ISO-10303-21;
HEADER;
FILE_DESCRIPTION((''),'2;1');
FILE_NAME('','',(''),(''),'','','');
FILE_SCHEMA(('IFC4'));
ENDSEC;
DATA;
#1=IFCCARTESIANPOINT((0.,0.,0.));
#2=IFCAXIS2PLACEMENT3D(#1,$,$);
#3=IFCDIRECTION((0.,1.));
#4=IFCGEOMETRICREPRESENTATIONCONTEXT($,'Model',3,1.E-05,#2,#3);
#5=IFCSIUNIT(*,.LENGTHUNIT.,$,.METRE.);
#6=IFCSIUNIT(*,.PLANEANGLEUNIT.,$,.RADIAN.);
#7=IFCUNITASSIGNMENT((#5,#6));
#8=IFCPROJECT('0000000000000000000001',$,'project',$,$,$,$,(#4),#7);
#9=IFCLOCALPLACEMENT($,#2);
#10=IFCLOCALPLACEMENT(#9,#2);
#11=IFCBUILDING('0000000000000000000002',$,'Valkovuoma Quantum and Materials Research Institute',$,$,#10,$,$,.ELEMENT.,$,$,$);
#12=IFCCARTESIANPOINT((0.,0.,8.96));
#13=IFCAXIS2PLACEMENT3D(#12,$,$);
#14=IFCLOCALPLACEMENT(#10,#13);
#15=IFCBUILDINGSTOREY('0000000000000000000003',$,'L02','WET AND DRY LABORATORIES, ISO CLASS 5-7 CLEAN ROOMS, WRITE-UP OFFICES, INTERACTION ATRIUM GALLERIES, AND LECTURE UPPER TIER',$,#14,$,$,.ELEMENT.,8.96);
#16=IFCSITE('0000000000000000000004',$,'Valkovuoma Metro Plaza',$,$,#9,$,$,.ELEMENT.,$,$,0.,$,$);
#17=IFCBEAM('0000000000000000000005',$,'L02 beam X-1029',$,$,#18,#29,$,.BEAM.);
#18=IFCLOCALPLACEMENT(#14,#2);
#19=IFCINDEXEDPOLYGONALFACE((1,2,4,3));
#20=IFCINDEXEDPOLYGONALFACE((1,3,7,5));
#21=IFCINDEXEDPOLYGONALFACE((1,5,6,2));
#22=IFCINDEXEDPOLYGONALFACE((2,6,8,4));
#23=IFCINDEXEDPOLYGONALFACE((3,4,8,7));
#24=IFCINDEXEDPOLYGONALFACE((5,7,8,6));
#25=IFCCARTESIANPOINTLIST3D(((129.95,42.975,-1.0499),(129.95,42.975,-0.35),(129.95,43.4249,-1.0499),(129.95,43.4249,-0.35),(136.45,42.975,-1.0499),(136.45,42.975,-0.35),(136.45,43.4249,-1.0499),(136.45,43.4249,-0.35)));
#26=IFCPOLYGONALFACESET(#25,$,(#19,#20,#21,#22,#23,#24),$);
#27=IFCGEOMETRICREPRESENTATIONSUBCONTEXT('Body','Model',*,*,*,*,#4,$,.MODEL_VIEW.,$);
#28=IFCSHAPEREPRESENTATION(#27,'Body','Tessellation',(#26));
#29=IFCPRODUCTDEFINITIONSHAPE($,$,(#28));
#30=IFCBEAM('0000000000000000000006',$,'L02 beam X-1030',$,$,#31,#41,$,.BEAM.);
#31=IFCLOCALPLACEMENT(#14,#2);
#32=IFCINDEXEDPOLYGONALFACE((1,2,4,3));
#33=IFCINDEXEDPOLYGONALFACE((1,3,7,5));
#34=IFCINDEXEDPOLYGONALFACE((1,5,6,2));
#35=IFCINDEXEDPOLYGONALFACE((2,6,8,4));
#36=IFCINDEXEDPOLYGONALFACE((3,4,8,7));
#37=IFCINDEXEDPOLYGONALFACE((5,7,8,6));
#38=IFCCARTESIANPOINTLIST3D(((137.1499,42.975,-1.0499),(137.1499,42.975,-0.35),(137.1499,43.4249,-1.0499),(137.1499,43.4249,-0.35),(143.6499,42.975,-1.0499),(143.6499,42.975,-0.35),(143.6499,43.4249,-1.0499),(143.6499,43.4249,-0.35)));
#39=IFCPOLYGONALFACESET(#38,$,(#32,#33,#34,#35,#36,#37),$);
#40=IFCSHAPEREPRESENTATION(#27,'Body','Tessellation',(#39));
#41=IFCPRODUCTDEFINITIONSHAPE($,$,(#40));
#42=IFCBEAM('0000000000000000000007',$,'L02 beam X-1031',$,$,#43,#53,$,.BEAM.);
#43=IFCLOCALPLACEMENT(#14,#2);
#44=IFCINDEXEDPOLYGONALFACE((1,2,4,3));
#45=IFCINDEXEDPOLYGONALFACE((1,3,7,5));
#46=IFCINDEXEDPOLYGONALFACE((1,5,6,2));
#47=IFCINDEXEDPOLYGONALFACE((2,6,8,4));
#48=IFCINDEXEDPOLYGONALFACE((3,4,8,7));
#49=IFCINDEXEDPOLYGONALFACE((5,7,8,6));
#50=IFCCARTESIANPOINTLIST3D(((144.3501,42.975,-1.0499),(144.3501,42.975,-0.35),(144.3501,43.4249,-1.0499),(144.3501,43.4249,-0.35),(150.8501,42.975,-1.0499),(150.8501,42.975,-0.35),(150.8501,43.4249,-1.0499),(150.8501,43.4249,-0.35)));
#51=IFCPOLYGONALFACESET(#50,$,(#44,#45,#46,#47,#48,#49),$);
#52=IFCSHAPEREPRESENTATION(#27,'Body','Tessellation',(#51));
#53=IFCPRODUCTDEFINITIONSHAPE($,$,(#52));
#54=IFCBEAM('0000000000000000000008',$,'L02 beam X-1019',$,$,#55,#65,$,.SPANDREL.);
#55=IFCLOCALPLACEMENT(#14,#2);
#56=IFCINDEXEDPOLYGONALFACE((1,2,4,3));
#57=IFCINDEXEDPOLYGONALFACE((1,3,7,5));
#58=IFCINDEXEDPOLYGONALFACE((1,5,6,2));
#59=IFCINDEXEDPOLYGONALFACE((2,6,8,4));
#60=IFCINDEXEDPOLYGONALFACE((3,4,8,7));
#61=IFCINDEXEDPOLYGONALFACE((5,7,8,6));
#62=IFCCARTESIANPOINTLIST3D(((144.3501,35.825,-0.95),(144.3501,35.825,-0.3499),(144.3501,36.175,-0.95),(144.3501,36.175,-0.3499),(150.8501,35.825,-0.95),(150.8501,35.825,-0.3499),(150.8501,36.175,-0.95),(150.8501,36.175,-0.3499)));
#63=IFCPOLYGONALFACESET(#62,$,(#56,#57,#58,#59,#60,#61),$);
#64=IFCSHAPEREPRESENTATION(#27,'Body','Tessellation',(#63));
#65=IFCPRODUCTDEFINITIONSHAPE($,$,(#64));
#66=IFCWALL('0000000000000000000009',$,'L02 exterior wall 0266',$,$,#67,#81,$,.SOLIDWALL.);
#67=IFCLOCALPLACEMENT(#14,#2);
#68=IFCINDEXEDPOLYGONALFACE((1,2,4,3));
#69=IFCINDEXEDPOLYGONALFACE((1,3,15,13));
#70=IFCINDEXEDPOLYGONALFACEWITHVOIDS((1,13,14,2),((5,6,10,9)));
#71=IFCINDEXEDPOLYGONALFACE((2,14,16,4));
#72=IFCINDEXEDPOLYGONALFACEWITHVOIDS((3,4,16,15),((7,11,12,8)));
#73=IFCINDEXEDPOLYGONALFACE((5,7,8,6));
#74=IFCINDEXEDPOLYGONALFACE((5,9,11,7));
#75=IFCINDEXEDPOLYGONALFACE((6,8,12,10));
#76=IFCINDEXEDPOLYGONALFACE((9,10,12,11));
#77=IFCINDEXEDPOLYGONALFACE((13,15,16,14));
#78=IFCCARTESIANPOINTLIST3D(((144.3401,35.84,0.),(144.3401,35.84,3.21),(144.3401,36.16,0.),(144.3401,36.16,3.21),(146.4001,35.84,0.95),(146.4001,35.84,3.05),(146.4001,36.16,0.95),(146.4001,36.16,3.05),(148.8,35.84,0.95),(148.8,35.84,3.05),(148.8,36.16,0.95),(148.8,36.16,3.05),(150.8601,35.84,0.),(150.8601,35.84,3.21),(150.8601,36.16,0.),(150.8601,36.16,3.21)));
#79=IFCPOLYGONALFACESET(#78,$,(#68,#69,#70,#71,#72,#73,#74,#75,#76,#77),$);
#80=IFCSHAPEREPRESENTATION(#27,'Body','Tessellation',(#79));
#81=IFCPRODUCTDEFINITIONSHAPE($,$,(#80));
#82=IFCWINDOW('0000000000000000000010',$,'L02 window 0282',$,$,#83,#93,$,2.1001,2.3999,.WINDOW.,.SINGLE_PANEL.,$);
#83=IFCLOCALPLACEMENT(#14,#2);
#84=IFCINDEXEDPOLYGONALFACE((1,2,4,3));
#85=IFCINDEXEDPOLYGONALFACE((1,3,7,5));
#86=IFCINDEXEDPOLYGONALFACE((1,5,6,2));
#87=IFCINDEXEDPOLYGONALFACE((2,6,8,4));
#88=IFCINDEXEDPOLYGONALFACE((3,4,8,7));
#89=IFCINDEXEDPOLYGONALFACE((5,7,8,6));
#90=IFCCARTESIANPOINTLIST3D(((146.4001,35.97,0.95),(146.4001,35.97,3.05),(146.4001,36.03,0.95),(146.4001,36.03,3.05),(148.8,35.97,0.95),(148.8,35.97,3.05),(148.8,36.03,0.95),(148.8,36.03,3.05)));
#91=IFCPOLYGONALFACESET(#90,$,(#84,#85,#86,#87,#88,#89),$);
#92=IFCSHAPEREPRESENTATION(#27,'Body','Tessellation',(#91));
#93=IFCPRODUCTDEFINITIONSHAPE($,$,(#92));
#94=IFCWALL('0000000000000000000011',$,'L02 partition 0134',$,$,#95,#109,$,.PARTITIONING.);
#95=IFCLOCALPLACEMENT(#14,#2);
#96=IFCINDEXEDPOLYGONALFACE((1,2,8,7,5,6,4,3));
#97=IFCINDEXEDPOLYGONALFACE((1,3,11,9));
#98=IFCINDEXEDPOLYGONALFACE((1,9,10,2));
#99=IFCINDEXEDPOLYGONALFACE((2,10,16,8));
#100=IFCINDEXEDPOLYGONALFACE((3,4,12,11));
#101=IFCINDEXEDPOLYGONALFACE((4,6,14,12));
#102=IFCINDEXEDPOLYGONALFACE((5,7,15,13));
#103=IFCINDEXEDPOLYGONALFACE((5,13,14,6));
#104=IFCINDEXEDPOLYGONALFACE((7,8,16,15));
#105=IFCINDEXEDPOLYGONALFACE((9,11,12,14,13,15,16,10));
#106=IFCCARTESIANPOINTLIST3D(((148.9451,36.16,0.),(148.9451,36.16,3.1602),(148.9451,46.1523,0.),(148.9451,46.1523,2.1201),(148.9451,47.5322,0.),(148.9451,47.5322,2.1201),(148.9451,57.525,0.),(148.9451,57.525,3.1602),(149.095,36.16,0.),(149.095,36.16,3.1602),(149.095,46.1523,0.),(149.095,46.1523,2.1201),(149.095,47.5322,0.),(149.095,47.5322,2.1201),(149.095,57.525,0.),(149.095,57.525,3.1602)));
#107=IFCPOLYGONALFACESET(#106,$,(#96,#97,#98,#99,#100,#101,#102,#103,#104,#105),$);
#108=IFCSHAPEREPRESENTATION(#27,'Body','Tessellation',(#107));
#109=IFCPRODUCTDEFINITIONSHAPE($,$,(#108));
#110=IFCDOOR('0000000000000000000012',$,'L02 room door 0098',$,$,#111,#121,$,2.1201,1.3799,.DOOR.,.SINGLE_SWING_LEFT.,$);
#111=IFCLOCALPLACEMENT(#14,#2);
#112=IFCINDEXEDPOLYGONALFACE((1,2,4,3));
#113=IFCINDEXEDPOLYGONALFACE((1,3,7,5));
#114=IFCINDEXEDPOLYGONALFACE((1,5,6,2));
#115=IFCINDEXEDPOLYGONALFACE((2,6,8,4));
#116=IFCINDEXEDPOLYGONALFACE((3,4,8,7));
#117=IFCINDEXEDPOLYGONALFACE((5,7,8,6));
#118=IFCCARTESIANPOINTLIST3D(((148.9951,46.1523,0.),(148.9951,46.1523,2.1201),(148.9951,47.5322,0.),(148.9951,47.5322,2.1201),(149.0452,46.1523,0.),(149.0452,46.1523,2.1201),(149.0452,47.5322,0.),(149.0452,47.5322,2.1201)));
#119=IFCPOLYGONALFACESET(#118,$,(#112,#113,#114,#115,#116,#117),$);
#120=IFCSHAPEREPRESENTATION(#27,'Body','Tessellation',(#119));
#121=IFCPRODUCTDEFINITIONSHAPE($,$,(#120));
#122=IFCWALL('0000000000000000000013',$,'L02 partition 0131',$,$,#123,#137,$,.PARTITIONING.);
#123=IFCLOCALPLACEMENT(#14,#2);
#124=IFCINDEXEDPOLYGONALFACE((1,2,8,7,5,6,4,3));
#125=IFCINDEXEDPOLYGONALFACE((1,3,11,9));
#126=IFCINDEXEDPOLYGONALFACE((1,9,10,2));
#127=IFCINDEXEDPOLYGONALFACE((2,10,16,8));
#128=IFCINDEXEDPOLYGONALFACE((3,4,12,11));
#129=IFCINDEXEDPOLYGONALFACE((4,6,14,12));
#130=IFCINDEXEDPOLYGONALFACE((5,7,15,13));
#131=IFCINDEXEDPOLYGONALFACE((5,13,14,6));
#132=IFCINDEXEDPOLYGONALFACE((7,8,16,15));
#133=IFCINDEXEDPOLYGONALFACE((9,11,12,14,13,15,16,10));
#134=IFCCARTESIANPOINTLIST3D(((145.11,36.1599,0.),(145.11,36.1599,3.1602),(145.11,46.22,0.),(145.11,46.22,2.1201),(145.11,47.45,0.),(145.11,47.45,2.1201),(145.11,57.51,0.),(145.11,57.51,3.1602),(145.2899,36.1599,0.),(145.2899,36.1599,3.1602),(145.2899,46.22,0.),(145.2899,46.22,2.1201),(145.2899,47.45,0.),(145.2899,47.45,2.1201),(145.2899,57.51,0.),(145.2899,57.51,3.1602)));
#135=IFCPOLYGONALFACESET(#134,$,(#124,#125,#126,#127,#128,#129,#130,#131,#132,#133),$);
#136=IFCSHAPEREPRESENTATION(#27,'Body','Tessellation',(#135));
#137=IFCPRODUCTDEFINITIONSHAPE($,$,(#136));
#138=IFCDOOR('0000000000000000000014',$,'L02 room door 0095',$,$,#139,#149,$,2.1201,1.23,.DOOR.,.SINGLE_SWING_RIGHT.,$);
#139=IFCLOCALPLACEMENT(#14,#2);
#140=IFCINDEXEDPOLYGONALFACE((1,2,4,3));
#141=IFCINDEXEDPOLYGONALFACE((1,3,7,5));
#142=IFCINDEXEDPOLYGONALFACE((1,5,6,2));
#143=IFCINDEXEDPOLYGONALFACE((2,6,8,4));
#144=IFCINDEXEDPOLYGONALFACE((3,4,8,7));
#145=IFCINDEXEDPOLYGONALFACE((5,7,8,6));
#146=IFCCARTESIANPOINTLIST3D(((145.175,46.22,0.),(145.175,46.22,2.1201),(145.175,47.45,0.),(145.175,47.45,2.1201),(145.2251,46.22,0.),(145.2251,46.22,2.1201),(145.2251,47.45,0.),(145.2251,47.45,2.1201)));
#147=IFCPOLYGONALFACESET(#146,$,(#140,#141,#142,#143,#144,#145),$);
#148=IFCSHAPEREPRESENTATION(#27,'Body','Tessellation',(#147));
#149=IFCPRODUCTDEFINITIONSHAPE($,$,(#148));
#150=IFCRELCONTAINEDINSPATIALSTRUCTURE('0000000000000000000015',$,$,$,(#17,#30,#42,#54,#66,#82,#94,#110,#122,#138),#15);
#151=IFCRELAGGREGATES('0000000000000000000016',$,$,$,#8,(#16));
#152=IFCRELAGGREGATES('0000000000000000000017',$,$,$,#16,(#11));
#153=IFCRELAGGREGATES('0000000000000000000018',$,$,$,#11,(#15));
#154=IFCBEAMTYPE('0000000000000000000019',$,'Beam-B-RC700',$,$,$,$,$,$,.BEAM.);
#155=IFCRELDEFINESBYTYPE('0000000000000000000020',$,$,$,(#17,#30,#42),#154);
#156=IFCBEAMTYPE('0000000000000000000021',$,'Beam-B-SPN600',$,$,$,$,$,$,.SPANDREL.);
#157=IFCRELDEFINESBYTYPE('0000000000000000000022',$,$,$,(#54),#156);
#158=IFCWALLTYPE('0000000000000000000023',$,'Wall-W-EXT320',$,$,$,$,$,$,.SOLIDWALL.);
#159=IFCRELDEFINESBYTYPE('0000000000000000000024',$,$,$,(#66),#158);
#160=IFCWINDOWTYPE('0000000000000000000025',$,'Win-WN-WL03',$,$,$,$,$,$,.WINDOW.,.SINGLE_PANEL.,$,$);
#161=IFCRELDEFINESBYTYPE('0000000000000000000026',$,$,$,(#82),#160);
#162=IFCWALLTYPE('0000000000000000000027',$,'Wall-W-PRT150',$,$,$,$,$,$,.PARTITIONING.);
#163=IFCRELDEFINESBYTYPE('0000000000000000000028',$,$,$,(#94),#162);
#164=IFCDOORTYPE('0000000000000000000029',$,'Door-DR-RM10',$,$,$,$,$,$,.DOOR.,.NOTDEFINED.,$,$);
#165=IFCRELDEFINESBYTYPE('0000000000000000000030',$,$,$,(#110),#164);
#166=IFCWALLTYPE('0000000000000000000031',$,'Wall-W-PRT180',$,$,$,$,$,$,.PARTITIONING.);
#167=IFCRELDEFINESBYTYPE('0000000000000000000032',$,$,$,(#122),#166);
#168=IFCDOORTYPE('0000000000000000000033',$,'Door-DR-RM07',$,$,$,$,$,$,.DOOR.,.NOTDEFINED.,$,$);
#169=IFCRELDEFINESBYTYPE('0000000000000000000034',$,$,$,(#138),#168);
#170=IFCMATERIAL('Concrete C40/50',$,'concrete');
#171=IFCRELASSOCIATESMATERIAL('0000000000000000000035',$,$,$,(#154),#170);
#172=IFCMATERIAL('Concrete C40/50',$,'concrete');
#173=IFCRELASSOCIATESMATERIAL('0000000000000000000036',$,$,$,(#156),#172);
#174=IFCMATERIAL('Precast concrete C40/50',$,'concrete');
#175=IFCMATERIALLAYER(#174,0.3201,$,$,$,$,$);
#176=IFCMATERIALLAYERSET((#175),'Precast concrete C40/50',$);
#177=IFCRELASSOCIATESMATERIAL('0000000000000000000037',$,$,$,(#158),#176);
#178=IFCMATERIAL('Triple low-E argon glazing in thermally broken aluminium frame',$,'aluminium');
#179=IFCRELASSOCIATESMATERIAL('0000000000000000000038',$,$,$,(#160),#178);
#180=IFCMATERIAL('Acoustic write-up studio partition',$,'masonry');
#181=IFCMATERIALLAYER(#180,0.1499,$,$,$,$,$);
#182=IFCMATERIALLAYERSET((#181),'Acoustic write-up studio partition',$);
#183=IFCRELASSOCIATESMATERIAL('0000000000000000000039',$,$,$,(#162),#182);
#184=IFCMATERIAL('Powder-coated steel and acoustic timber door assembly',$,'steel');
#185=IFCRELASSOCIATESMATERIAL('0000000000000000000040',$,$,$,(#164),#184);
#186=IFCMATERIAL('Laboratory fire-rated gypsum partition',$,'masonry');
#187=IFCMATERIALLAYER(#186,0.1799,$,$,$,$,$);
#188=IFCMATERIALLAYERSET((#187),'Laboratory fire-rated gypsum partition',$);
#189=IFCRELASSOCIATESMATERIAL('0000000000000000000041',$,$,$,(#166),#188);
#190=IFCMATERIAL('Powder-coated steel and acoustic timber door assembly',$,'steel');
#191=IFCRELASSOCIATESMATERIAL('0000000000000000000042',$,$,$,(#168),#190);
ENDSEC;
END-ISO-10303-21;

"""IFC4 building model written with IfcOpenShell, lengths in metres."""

from ifc_helpers import new_model, si_unit, direction, frame, frame_2d, origin, origin_2d, place, context, subcontext, project, spatial, rectangle, extrude, material, layer, layer_set, material_profile, profile_set, type_object, element, fill, save


model = new_model("IFC4")

# Units and contexts
model_context = context("Model", 3, precision=1e-05, world=origin(), true_north=direction((0.0, 1.0)))
body_context = subcontext(model_context, "Body", "Model", "MODEL_VIEW")
ifc_project = project(units=[si_unit("LENGTHUNIT", "METRE"), si_unit("PLANEANGLEUNIT", "RADIAN")], contexts=[model_context])

# Site, building, storey
site_placement = place(None, origin())
site = spatial("IfcSite", under=ifc_project, at=site_placement, Name="Valkovuoma Metro Plaza", CompositionType="ELEMENT", RefElevation=0.0)
building_placement = place(site_placement, origin())
building = spatial("IfcBuilding", under=site, at=building_placement, Name="Valkovuoma Quantum and Materials Research Institute", CompositionType="ELEMENT")
storey_placement = place(building_placement, frame((0.0, 0.0, 8.96)))
storey = spatial("IfcBuildingStorey", under=building, at=storey_placement, Name="L02", Description="WET AND DRY LABORATORIES, ISO CLASS 5-7 CLEAN ROOMS, WRITE-UP OFFICES, INTERACTION ATRIUM GALLERIES, AND LECTURE UPPER TIER", CompositionType="ELEMENT", Elevation=8.96)

# Beams
ifc_material_1 = material(Name="Concrete C40/50", Category="concrete")
ifc_material_profile_1 = material_profile(ifc_material_1, rectangle(XDim=0.45, YDim=0.7, at=origin_2d()), Name="Concrete C40/50")
ifc_profile_set_1 = profile_set([ifc_material_profile_1], Name="Concrete C40/50")
beam_type_1 = type_object("IfcBeamType", Name="Beam-B-RC700", PredefinedType="BEAM", material=ifc_profile_set_1)
for number, where, z_axis, x_axis, name in (
    (1, (129.95, 43.2, -0.7), (1.0, 0.0, 0.0), (0.0, 1.0, 0.0), "L02 beam X-1029"),
    (2, (137.1499, 43.2, -0.7), (1.0, 0.0, 0.0), (0.0, 1.0, 0.0), "L02 beam X-1030"),
    (3, (144.3501, 43.2, -0.7), (1.0, 0.0, 0.0), (0.0, 1.0, 0.0), "L02 beam X-1031"),
):
    element("IfcBeam", number, at=place(storey_placement, frame(where, z_axis=z_axis, x_axis=x_axis)), inside=storey, type_object=beam_type_1, Name=name, PredefinedType="BEAM", context=body_context, shape_type="SweptSolid", body=[
        extrude(rectangle(XDim=0.45, YDim=0.7, at=origin_2d()), origin(), (0.0, 0.0, 1.0), 6.5),
    ])
ifc_material_2 = material(Name="Concrete C40/50", Category="concrete")
ifc_material_profile_2 = material_profile(ifc_material_2, rectangle(XDim=0.3501, YDim=0.6001, at=origin_2d()), Name="Concrete C40/50")
ifc_profile_set_2 = profile_set([ifc_material_profile_2], Name="Concrete C40/50")
beam_type_2 = type_object("IfcBeamType", Name="Beam-B-SPN600", PredefinedType="SPANDREL", material=ifc_profile_set_2)
beam_placement = place(storey_placement, frame((144.3501, 36.0, -0.6499), z_axis=(1.0, 0.0, 0.0), x_axis=(0.0, 1.0, 0.0)))
element("IfcBeam", 4, at=beam_placement, inside=storey, type_object=beam_type_2, Name="L02 beam X-1019", PredefinedType="SPANDREL", context=body_context, shape_type="SweptSolid", body=[
    extrude(rectangle(XDim=0.3501, YDim=0.6001, at=origin_2d()), origin(), (0.0, 0.0, 1.0), 6.5),
])

# Wall, opening, window
ifc_material_3 = material(Name="Precast concrete C40/50", Category="concrete")
ifc_layer_1 = layer(ifc_material_3, 0.3201)
ifc_layer_set_1 = layer_set([ifc_layer_1], Name="Precast concrete C40/50")
wall_type_1 = type_object("IfcWallType", Name="Wall-W-EXT320", PredefinedType="SOLIDWALL", material=ifc_layer_set_1)
wall_1_placement = place(storey_placement, frame((144.3401, 36.0, 0.0), z_axis=(0.0, 0.0, 1.0), x_axis=(1.0, 0.0, 0.0)))
wall_1 = element("IfcWall", 5, at=wall_1_placement, inside=storey, type_object=wall_type_1, Name="L02 exterior wall 0266", PredefinedType="SOLIDWALL", context=body_context, shape_type="SweptSolid", body=[
    extrude(rectangle(XDim=6.52, YDim=0.3201, at=frame_2d((3.26, 0.0))), origin(), (0.0, 0.0, 1.0), 3.21),
])
opening_1_placement = place(wall_1_placement, frame((2.0601, 0.0, 0.95)))
opening_1 = element("IfcOpeningElement", 6, at=opening_1_placement, cuts=wall_1, PredefinedType="OPENING", context=body_context, shape_type="SweptSolid", body=[
    extrude(rectangle(XDim=2.3999, YDim=2.1001, at=frame_2d((1.2, 1.05))), frame((0.0, 0.1699, 0.0), z_axis=(0.0, -1.0, 0.0), x_axis=(1.0, 0.0, 0.0)), (0.0, 0.0, 1.0), 0.3401),
])
ifc_material_4 = material(Name="Triple low-E argon glazing in thermally broken aluminium frame", Category="aluminium")
window_type = type_object("IfcWindowType", Name="Win-WN-WL03", PartitioningType="SINGLE_PANEL", PredefinedType="WINDOW", material=ifc_material_4)
window_placement = place(opening_1_placement, origin())
window = element("IfcWindow", 7, at=window_placement, inside=storey, type_object=window_type, Name="L02 window 0282", OverallHeight=2.1001, OverallWidth=2.3999, PartitioningType="SINGLE_PANEL", PredefinedType="WINDOW", context=body_context, shape_type="SweptSolid", body=[
    extrude(rectangle(XDim=2.3999, YDim=2.1001, at=frame_2d((1.2, 1.05))), frame((0.0, 0.03, 0.0), z_axis=(0.0, -1.0, 0.0), x_axis=(1.0, 0.0, 0.0)), (0.0, 0.0, 1.0), 0.0601),
])
fill(opening_1, window)

# Walls, openings, doors
ifc_material_5 = material(Name="Acoustic write-up studio partition", Category="masonry")
ifc_layer_2 = layer(ifc_material_5, 0.1499)
ifc_layer_set_2 = layer_set([ifc_layer_2], Name="Acoustic write-up studio partition")
wall_type_2 = type_object("IfcWallType", Name="Wall-W-PRT150", PredefinedType="PARTITIONING", material=ifc_layer_set_2)
wall_2_placement = place(storey_placement, frame((149.02, 36.1599, 0.0), z_axis=(0.0, 0.0, 1.0), x_axis=(0.0, 1.0, 0.0)))
wall_2 = element("IfcWall", 8, at=wall_2_placement, inside=storey, type_object=wall_type_2, Name="L02 partition 0134", PredefinedType="PARTITIONING", context=body_context, shape_type="SweptSolid", body=[
    extrude(rectangle(XDim=21.365, YDim=0.1499, at=frame_2d((10.6826, 0.0))), origin(), (0.0, 0.0, 1.0), 3.1602),
])
opening_2_placement = place(wall_2_placement, frame((9.9924, 0.0, 0.0)))
opening_2 = element("IfcOpeningElement", 9, at=opening_2_placement, cuts=wall_2, PredefinedType="OPENING", context=body_context, shape_type="SweptSolid", body=[
    extrude(rectangle(XDim=1.3799, YDim=2.1201, at=frame_2d((0.6899, 1.0601))), frame((0.0, 0.085, 0.0), z_axis=(0.0, -1.0, 0.0), x_axis=(1.0, 0.0, 0.0)), (0.0, 0.0, 1.0), 0.1699),
])
ifc_material_6 = material(Name="Powder-coated steel and acoustic timber door assembly", Category="steel")
door_type_1 = type_object("IfcDoorType", Name="Door-DR-RM10", OperationType="NOTDEFINED", PredefinedType="DOOR", material=ifc_material_6)
door_1_placement = place(opening_2_placement, origin())
door_1 = element("IfcDoor", 10, at=door_1_placement, inside=storey, type_object=door_type_1, Name="L02 room door 0098", OperationType="SINGLE_SWING_LEFT", OverallHeight=2.1201, OverallWidth=1.3799, PredefinedType="DOOR", context=body_context, shape_type="SweptSolid", body=[
    extrude(rectangle(XDim=1.3799, YDim=2.1201, at=frame_2d((0.6899, 1.0601))), frame((0.0, 0.0249, 0.0), z_axis=(0.0, -1.0, 0.0), x_axis=(1.0, 0.0, 0.0)), (0.0, 0.0, 1.0), 0.05),
])
fill(opening_2, door_1)
ifc_material_7 = material(Name="Laboratory fire-rated gypsum partition", Category="masonry")
ifc_layer_3 = layer(ifc_material_7, 0.1799)
ifc_layer_set_3 = layer_set([ifc_layer_3], Name="Laboratory fire-rated gypsum partition")
wall_type_3 = type_object("IfcWallType", Name="Wall-W-PRT180", PredefinedType="PARTITIONING", material=ifc_layer_set_3)
wall_3_placement = place(storey_placement, frame((145.2, 36.1599, 0.0), z_axis=(0.0, 0.0, 1.0), x_axis=(0.0, 1.0, 0.0)))
wall_3 = element("IfcWall", 11, at=wall_3_placement, inside=storey, type_object=wall_type_3, Name="L02 partition 0131", PredefinedType="PARTITIONING", context=body_context, shape_type="SweptSolid", body=[
    extrude(rectangle(XDim=21.3501, YDim=0.1799, at=frame_2d((10.675, 0.0))), origin(), (0.0, 0.0, 1.0), 3.1602),
])
opening_3_placement = place(wall_3_placement, frame((10.0601, 0.0, 0.0)))
opening_3 = element("IfcOpeningElement", 12, at=opening_3_placement, cuts=wall_3, PredefinedType="OPENING", context=body_context, shape_type="SweptSolid", body=[
    extrude(rectangle(XDim=1.23, YDim=2.1201, at=frame_2d((0.615, 1.0601))), frame((0.0, 0.1001, 0.0), z_axis=(0.0, -1.0, 0.0), x_axis=(1.0, 0.0, 0.0)), (0.0, 0.0, 1.0), 0.2),
])
ifc_material_8 = material(Name="Powder-coated steel and acoustic timber door assembly", Category="steel")
door_type_2 = type_object("IfcDoorType", Name="Door-DR-RM07", OperationType="NOTDEFINED", PredefinedType="DOOR", material=ifc_material_8)
door_2_placement = place(opening_3_placement, origin())
door_2 = element("IfcDoor", 13, at=door_2_placement, inside=storey, type_object=door_type_2, Name="L02 room door 0095", OperationType="SINGLE_SWING_RIGHT", OverallHeight=2.1201, OverallWidth=1.23, PredefinedType="DOOR", context=body_context, shape_type="SweptSolid", body=[
    extrude(rectangle(XDim=1.23, YDim=2.1201, at=frame_2d((0.615, 1.0601))), frame((0.0, 0.0249, 0.0), z_axis=(0.0, -1.0, 0.0), x_axis=(1.0, 0.0, 0.0)), (0.0, 0.0, 1.0), 0.05),
])
fill(opening_3, door_2)

save(model, "model.ifc")
